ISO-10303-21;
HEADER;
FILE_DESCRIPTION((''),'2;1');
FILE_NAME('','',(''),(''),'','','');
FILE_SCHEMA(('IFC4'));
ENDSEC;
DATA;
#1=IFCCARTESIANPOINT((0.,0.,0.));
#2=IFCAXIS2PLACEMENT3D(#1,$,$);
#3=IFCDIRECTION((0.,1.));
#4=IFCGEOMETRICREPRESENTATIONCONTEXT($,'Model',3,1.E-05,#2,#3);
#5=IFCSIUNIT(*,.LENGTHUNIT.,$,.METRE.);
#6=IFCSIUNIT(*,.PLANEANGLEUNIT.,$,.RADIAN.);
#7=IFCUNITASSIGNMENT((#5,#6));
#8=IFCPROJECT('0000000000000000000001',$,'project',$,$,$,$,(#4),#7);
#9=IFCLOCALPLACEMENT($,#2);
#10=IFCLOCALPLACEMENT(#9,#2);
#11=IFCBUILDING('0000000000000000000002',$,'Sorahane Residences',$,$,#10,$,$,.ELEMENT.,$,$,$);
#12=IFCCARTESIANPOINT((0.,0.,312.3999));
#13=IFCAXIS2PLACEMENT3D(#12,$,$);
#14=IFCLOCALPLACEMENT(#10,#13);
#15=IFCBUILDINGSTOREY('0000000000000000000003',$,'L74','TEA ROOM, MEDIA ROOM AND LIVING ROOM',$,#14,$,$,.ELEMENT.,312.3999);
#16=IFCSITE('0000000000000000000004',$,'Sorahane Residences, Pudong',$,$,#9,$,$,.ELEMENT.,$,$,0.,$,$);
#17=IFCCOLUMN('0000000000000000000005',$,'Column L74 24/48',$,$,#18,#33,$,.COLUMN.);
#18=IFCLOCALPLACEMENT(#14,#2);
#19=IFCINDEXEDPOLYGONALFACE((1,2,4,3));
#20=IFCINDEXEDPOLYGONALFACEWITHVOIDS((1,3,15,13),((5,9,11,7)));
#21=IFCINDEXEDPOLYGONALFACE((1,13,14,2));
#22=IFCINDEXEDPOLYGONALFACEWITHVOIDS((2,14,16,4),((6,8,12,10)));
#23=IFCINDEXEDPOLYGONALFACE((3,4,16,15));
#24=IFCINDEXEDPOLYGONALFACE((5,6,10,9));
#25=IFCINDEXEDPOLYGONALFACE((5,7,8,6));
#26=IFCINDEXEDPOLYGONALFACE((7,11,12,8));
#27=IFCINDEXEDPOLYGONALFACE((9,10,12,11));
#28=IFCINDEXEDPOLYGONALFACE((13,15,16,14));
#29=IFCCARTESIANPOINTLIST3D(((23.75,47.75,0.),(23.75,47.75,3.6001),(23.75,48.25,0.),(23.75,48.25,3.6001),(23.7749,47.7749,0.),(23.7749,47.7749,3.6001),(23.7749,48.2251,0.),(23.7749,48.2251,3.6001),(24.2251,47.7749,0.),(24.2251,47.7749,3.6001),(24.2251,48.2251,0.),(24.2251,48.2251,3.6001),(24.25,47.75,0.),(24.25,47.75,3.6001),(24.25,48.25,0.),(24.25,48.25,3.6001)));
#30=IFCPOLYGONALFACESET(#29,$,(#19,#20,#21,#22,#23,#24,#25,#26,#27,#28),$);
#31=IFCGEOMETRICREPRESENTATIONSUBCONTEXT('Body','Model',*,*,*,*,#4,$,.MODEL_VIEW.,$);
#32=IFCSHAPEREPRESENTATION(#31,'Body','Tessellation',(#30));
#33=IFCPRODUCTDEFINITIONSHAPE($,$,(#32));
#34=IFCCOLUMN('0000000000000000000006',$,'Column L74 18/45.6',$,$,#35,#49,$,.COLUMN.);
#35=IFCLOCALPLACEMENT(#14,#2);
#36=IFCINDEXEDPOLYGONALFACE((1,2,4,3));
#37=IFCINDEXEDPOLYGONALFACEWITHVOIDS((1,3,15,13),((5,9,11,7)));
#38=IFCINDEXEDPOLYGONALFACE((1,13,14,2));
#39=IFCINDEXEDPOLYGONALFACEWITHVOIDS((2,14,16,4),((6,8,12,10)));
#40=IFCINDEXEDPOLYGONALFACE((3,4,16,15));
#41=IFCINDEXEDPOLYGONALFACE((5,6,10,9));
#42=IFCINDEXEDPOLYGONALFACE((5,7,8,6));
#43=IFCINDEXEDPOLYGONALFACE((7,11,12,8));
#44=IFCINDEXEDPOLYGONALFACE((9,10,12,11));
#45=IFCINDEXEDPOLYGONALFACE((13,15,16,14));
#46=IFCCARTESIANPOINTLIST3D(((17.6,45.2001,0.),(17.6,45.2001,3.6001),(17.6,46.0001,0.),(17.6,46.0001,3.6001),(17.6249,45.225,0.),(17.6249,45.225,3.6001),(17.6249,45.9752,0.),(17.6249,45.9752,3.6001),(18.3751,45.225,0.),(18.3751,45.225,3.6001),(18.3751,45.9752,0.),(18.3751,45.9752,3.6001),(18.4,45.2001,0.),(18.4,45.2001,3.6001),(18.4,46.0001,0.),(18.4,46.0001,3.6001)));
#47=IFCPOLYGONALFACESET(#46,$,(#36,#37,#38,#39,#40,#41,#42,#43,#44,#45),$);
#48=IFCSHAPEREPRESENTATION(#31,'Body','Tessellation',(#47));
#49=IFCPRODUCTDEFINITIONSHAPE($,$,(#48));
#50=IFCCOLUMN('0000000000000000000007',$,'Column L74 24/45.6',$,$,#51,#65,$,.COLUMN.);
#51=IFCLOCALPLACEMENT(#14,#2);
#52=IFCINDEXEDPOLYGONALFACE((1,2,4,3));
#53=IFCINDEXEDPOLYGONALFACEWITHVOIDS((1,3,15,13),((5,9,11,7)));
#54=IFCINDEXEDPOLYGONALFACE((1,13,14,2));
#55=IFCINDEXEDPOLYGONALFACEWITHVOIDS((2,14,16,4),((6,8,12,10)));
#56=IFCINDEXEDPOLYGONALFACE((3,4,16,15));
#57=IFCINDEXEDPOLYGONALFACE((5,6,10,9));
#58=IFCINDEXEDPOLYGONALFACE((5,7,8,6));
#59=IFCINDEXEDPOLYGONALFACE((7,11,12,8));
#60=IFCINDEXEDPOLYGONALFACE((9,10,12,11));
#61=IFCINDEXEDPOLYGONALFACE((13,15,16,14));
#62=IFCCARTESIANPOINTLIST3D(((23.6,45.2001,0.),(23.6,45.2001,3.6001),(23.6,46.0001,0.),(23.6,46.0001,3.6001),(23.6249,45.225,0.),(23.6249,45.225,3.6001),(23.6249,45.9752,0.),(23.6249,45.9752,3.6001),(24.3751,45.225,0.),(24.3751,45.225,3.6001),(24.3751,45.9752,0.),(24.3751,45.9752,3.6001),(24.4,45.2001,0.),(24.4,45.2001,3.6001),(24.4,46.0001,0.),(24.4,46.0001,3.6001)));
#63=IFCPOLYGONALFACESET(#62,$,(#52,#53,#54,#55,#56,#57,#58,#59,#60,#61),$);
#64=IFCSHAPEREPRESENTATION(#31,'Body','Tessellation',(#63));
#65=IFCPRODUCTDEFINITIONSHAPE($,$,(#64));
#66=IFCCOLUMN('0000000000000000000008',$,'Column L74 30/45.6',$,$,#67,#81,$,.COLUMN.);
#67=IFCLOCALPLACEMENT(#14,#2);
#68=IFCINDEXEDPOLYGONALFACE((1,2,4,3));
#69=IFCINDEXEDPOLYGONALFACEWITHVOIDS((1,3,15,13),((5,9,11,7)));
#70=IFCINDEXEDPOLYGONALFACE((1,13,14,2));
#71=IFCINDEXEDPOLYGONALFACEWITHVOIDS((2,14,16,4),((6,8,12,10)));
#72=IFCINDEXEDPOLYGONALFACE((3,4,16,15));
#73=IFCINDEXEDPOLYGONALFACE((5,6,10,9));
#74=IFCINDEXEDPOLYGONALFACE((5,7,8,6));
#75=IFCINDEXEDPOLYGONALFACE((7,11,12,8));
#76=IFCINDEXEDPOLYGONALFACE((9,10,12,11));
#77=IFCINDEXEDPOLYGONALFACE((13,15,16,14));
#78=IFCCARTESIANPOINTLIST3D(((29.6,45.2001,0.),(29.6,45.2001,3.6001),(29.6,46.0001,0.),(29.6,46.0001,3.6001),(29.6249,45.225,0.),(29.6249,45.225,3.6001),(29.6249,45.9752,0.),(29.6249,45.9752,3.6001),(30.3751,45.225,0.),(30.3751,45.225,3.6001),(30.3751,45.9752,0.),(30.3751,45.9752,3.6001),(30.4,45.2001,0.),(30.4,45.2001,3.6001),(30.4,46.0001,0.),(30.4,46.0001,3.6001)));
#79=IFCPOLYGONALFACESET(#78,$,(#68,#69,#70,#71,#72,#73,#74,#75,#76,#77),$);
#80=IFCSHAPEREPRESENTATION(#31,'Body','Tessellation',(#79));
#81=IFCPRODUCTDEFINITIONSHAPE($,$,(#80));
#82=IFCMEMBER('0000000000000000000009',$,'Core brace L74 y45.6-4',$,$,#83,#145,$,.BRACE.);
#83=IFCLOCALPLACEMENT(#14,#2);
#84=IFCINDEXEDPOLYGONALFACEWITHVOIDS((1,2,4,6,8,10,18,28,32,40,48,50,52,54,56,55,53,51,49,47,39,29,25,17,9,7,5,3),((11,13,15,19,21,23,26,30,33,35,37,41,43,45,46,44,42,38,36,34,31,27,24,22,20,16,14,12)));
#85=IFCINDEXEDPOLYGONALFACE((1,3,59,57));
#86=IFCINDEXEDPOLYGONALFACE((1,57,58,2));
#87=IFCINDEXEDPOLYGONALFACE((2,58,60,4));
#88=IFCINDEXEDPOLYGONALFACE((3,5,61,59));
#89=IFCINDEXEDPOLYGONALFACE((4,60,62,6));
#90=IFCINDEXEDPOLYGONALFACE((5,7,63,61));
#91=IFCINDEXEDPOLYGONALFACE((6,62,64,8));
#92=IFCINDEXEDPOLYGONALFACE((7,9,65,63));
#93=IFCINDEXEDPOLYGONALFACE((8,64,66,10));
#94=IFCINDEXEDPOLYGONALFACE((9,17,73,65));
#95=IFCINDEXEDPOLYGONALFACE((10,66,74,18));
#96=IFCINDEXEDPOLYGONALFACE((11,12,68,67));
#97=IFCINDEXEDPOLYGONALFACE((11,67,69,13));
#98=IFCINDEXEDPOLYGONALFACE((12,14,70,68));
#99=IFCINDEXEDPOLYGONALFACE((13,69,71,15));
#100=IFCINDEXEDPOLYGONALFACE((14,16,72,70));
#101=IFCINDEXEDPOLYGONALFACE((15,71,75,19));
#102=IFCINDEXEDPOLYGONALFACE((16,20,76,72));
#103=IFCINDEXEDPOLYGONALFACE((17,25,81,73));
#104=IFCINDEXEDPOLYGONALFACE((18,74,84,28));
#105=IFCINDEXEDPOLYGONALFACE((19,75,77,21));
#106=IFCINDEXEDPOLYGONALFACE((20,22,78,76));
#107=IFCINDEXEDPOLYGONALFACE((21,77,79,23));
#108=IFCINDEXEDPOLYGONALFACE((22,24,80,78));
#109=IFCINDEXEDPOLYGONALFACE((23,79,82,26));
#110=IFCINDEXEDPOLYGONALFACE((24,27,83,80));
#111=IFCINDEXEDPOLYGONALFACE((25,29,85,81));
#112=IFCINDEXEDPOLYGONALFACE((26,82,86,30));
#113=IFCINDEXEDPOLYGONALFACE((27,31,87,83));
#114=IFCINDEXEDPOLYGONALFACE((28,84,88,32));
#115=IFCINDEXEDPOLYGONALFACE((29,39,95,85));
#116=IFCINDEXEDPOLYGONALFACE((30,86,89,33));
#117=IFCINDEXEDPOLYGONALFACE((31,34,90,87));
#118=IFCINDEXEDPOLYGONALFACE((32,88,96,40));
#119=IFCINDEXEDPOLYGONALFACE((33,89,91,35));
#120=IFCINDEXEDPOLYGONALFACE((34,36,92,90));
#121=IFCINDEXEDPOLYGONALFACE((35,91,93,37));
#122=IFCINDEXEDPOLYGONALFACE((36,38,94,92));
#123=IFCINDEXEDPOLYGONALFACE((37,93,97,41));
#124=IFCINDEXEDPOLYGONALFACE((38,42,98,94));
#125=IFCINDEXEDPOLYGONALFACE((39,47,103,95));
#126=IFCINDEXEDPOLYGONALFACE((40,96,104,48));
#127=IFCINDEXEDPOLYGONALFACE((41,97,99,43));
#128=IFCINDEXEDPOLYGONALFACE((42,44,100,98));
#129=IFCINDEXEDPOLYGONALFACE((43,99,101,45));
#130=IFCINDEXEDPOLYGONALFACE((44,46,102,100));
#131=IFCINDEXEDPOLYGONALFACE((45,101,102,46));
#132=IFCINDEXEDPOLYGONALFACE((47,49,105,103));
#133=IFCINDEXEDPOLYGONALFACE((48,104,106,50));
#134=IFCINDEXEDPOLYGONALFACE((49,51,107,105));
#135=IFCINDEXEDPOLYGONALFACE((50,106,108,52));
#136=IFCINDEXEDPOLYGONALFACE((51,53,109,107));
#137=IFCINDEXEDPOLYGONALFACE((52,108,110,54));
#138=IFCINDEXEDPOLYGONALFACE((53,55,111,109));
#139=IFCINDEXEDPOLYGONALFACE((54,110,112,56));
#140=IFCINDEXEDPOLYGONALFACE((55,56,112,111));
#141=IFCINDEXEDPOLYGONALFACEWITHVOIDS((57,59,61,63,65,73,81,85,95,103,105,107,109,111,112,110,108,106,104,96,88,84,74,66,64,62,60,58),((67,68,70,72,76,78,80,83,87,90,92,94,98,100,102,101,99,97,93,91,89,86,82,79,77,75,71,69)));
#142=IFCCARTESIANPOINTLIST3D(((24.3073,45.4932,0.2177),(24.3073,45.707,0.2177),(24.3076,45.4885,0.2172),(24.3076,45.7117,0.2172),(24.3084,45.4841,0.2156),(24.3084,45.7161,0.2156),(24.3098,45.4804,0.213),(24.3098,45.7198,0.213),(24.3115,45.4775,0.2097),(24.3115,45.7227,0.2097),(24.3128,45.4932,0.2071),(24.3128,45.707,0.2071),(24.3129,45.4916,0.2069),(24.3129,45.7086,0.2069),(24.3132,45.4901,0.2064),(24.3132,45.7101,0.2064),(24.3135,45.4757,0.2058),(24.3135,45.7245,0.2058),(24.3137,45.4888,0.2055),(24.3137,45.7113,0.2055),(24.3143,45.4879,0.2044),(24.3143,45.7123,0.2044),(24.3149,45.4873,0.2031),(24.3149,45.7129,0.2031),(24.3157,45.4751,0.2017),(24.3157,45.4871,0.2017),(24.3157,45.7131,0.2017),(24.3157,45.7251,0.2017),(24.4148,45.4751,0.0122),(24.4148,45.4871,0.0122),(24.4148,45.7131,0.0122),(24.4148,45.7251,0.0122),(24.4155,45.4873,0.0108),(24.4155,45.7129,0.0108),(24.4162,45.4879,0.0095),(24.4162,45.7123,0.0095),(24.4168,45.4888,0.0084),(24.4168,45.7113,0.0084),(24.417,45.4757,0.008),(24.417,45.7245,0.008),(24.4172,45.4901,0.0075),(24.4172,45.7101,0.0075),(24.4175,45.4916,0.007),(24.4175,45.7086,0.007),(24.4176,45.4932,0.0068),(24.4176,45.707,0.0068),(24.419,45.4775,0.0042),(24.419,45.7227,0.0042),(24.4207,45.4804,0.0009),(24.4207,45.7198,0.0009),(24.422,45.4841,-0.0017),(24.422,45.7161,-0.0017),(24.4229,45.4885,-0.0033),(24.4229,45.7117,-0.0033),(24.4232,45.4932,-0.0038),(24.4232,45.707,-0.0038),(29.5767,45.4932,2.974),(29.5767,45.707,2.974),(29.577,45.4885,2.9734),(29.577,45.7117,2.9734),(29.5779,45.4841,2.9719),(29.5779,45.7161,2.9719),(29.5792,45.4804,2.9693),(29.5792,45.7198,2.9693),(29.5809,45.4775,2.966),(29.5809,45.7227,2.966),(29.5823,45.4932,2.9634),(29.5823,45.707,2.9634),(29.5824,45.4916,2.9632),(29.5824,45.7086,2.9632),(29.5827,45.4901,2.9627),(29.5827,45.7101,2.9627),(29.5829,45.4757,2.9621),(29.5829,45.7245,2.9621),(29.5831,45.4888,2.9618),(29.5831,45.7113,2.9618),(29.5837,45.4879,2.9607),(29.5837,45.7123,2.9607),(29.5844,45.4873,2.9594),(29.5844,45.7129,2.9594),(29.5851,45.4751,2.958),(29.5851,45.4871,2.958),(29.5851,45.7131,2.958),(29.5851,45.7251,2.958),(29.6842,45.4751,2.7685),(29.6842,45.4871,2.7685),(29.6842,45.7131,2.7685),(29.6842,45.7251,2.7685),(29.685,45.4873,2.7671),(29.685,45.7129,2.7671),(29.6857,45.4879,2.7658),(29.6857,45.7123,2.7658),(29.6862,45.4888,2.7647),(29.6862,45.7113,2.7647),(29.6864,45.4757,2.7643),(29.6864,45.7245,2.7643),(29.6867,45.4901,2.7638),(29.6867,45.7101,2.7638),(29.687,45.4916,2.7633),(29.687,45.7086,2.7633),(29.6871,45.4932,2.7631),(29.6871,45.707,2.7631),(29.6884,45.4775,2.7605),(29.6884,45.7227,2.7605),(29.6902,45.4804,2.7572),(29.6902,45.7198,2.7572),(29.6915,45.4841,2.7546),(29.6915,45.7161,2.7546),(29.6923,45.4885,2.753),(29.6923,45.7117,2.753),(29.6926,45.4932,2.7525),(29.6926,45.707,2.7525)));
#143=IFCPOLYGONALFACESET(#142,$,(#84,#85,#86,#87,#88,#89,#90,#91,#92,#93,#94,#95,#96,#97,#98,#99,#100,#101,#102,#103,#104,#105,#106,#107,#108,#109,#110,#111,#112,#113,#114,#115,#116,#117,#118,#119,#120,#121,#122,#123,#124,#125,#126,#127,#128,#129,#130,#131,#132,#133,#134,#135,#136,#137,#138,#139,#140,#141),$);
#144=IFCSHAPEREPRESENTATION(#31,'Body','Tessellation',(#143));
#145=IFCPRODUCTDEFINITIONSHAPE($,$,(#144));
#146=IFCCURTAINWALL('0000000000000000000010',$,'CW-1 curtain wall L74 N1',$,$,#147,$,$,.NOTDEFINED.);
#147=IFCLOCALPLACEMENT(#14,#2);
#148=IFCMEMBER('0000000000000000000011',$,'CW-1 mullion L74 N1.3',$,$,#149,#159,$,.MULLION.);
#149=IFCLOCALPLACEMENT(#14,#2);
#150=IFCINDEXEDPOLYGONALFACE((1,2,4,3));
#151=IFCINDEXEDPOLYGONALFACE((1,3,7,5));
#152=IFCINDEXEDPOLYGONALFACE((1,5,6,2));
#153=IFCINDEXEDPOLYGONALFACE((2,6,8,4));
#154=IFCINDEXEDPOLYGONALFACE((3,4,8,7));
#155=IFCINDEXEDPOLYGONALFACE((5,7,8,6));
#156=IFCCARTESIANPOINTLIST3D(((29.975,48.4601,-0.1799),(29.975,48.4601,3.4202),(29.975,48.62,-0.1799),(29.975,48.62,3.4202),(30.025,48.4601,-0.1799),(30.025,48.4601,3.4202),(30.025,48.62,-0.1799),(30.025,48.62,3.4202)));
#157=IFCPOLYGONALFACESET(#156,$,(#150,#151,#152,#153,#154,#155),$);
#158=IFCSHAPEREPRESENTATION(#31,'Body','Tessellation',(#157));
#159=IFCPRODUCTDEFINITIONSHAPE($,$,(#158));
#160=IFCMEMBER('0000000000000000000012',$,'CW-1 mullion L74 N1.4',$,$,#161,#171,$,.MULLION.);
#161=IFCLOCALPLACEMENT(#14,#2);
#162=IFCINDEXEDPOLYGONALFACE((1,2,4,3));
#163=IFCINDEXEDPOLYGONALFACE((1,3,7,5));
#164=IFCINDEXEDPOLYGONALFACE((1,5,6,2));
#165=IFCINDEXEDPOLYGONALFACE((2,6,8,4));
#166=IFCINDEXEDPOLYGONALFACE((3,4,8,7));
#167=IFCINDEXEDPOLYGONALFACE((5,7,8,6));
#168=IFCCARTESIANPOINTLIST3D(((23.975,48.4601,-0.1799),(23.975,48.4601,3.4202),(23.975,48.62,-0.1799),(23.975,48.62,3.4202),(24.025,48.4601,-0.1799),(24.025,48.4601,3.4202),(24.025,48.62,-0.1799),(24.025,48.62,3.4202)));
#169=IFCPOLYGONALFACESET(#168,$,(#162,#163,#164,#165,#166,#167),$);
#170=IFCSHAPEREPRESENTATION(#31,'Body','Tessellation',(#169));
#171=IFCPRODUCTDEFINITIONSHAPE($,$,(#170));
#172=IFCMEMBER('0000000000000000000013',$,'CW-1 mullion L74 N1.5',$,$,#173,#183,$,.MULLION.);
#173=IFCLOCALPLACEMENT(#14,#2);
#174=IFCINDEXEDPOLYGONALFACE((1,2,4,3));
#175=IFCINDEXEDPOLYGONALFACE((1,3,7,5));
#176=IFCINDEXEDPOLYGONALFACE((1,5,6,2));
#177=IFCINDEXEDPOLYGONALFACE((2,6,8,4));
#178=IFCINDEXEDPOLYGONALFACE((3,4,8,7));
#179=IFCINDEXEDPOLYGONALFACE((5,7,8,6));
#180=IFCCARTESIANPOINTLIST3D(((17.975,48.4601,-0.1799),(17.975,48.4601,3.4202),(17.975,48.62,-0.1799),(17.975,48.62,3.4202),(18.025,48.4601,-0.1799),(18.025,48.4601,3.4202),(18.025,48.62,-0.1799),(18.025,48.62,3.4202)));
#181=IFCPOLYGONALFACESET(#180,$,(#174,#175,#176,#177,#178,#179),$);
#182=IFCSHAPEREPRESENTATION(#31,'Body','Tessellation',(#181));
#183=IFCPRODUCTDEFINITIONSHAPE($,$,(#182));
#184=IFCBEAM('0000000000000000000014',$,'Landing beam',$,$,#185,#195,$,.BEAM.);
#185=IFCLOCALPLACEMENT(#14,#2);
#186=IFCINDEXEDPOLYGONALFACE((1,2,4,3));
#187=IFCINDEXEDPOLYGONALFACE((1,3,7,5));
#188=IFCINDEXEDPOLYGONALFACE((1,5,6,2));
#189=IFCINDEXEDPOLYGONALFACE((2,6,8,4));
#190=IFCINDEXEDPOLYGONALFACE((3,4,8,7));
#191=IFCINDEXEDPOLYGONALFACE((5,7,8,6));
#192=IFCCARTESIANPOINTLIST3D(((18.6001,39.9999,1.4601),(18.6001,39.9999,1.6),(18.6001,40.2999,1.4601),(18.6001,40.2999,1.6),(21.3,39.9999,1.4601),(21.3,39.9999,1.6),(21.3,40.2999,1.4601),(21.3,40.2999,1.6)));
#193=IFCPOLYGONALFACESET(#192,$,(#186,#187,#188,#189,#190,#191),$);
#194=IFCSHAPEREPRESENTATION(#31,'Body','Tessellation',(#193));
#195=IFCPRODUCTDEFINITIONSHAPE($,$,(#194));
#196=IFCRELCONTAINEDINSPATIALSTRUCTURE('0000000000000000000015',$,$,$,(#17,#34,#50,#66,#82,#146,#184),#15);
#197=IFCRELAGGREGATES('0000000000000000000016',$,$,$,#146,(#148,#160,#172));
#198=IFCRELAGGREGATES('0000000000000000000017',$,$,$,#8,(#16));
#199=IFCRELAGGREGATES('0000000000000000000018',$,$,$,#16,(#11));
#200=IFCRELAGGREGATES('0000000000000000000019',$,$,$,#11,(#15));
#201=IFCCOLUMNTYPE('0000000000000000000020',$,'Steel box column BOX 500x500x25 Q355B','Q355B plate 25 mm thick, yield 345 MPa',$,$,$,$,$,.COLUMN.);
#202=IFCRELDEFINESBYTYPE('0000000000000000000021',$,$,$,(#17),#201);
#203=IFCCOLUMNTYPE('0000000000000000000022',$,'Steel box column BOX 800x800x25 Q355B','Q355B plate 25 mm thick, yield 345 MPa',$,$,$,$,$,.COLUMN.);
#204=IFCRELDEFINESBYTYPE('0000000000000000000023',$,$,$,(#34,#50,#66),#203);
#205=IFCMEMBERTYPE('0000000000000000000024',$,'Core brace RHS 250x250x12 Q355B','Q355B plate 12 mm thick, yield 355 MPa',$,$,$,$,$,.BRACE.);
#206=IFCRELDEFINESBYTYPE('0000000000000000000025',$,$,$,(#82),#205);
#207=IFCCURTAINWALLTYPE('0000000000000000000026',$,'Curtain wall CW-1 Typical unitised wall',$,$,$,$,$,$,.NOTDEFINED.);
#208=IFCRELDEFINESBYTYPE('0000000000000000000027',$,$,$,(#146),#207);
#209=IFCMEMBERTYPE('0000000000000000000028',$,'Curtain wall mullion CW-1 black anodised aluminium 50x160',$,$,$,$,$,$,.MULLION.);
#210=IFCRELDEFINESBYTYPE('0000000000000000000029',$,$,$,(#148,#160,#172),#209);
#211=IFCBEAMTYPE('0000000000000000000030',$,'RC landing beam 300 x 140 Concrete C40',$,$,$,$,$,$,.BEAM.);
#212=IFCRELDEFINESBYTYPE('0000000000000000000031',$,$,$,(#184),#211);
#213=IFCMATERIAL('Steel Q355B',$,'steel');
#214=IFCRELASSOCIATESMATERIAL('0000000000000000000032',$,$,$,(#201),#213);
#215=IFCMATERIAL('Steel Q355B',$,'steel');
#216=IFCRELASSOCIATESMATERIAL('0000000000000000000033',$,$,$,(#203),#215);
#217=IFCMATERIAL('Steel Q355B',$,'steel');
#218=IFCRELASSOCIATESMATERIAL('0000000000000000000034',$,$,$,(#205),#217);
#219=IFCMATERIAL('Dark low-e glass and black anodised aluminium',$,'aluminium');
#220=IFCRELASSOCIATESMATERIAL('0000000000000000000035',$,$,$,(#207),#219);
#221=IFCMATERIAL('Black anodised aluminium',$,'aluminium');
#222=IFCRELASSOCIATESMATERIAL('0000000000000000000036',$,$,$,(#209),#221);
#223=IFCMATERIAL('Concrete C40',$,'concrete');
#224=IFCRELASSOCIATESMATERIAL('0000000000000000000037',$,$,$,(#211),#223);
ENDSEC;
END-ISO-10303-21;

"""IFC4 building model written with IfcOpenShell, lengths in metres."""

from ifc_helpers import new_model, si_unit, direction, frame, origin, origin_2d, place, context, subcontext, project, spatial, rectangle, hollow_rectangle, extrude, material, material_profile, profile_set, type_object, element, aggregate, save


model = new_model("IFC4")

# Units and contexts
model_context = context("Model", 3, precision=1e-05, world=origin(), true_north=direction((0.0, 1.0)))
body_context = subcontext(model_context, "Body", "Model", "MODEL_VIEW")
ifc_project = project(units=[si_unit("LENGTHUNIT", "METRE"), si_unit("PLANEANGLEUNIT", "RADIAN")], contexts=[model_context])

# Site, building, storey
site_placement = place(None, origin())
site = spatial("IfcSite", under=ifc_project, at=site_placement, Name="Sorahane Residences, Pudong", CompositionType="ELEMENT", RefElevation=0.0)
building_placement = place(site_placement, origin())
building = spatial("IfcBuilding", under=site, at=building_placement, Name="Sorahane Residences", CompositionType="ELEMENT")
storey_placement = place(building_placement, frame((0.0, 0.0, 312.3999)))
storey = spatial("IfcBuildingStorey", under=building, at=storey_placement, Name="L74", Description="TEA ROOM, MEDIA ROOM AND LIVING ROOM", CompositionType="ELEMENT", Elevation=312.3999)

# Columns
ifc_material_1 = material(Name="Steel Q355B", Category="steel")
ifc_material_profile_1 = material_profile(ifc_material_1, hollow_rectangle(XDim=0.5, YDim=0.5, WallThickness=0.0249, at=origin_2d()), Name="BOX 500x500x25")
ifc_profile_set_1 = profile_set([ifc_material_profile_1], Name="Steel Q355B")
column_type_1 = type_object("IfcColumnType", Name="Steel box column BOX 500x500x25 Q355B", Description="Q355B plate 25 mm thick, yield 345 MPa", PredefinedType="COLUMN", material=ifc_profile_set_1)
column_placement = place(storey_placement, frame((24.0, 48.0, 0.0), z_axis=(0.0, 0.0, 1.0), x_axis=(1.0, 0.0, 0.0)))
element("IfcColumn", 1, at=column_placement, inside=storey, type_object=column_type_1, Name="Column L74 24/48", PredefinedType="COLUMN", context=body_context, shape_type="SweptSolid", body=[
    extrude(hollow_rectangle(XDim=0.5, YDim=0.5, WallThickness=0.0249, at=origin_2d()), origin(), (0.0, 0.0, 1.0), 3.6001),
])
ifc_material_2 = material(Name="Steel Q355B", Category="steel")
ifc_material_profile_2 = material_profile(ifc_material_2, hollow_rectangle(XDim=0.8, YDim=0.8, WallThickness=0.0249, at=origin_2d()), Name="BOX 800x800x25")
ifc_profile_set_2 = profile_set([ifc_material_profile_2], Name="Steel Q355B")
column_type_2 = type_object("IfcColumnType", Name="Steel box column BOX 800x800x25 Q355B", Description="Q355B plate 25 mm thick, yield 345 MPa", PredefinedType="COLUMN", material=ifc_profile_set_2)
for number, where, z_axis, x_axis, name in (
    (2, (18.0, 45.6001, 0.0), (0.0, 0.0, 1.0), (1.0, 0.0, 0.0), "Column L74 18/45.6"),
    (3, (24.0, 45.6001, 0.0), (0.0, 0.0, 1.0), (1.0, 0.0, 0.0), "Column L74 24/45.6"),
    (4, (30.0, 45.6001, 0.0), (0.0, 0.0, 1.0), (1.0, 0.0, 0.0), "Column L74 30/45.6"),
):
    element("IfcColumn", number, at=place(storey_placement, frame(where, z_axis=z_axis, x_axis=x_axis)), inside=storey, type_object=column_type_2, Name=name, PredefinedType="COLUMN", context=body_context, shape_type="SweptSolid", body=[
        extrude(hollow_rectangle(XDim=0.8, YDim=0.8, WallThickness=0.0249, at=origin_2d()), origin(), (0.0, 0.0, 1.0), 3.6001),
    ])

# Member
ifc_material_3 = material(Name="Steel Q355B", Category="steel")
ifc_material_profile_3 = material_profile(ifc_material_3, hollow_rectangle(XDim=0.25, YDim=0.25, WallThickness=0.012, InnerFilletRadius=0.0061, OuterFilletRadius=0.0181, at=origin_2d()), Name="RHS 250x250x12")
ifc_profile_set_3 = profile_set([ifc_material_profile_3], Name="Steel Q355B")
member_type_1 = type_object("IfcMemberType", Name="Core brace RHS 250x250x12 Q355B", Description="Q355B plate 12 mm thick, yield 355 MPa", PredefinedType="BRACE", material=ifc_profile_set_3)
member_1_placement = place(storey_placement, frame((24.3652, 45.6001, 0.1069), z_axis=(0.8861, 0.0, 0.463495), x_axis=(0.0, 1.0, 0.0)))
element("IfcMember", 5, at=member_1_placement, inside=storey, type_object=member_type_1, Name="Core brace L74 y45.6-4", PredefinedType="BRACE", context=body_context, shape_type="SweptSolid", body=[
    extrude(hollow_rectangle(XDim=0.25, YDim=0.25, WallThickness=0.012, InnerFilletRadius=0.0061, OuterFilletRadius=0.0181, at=origin_2d()), origin(), (0.0, 0.0, 1.0), 5.9468),
])

# Curtain wall, members
ifc_material_4 = material(Name="Dark low-e glass and black anodised aluminium", Category="aluminium")
curtain_wall_type = type_object("IfcCurtainWallType", Name="Curtain wall CW-1 Typical unitised wall", PredefinedType="NOTDEFINED", material=ifc_material_4)
curtain_wall_placement = place(storey_placement, origin())
curtain_wall = element("IfcCurtainWall", 6, at=curtain_wall_placement, inside=storey, type_object=curtain_wall_type, Name="CW-1 curtain wall L74 N1", PredefinedType="NOTDEFINED")
ifc_material_5 = material(Name="Black anodised aluminium", Category="aluminium")
ifc_material_profile_4 = material_profile(ifc_material_5, rectangle(XDim=0.1599, YDim=0.05, at=origin_2d()), Name="Curtain wall mullion CW-1 black anodised aluminium 50x160")
ifc_profile_set_4 = profile_set([ifc_material_profile_4], Name="Black anodised aluminium")
member_type_2 = type_object("IfcMemberType", Name="Curtain wall mullion CW-1 black anodised aluminium 50x160", PredefinedType="MULLION", material=ifc_profile_set_4)
member_2_placement = place(storey_placement, frame((30.0, 48.54, -0.1799), z_axis=(0.0, 0.0, 1.0), x_axis=(0.0, 1.0, 0.0)))
member_2 = element("IfcMember", 7, at=member_2_placement, type_object=member_type_2, Name="CW-1 mullion L74 N1.3", PredefinedType="MULLION", context=body_context, shape_type="SweptSolid", body=[
    extrude(rectangle(XDim=0.1599, YDim=0.05, at=origin_2d()), origin(), (0.0, 0.0, 1.0), 3.6001),
])
member_3_placement = place(storey_placement, frame((24.0, 48.54, -0.1799), z_axis=(0.0, 0.0, 1.0), x_axis=(0.0, 1.0, 0.0)))
member_3 = element("IfcMember", 8, at=member_3_placement, type_object=member_type_2, Name="CW-1 mullion L74 N1.4", PredefinedType="MULLION", context=body_context, shape_type="SweptSolid", body=[
    extrude(rectangle(XDim=0.1599, YDim=0.05, at=origin_2d()), origin(), (0.0, 0.0, 1.0), 3.6001),
])
member_4_placement = place(storey_placement, frame((18.0, 48.54, -0.1799), z_axis=(0.0, 0.0, 1.0), x_axis=(0.0, 1.0, 0.0)))
member_4 = element("IfcMember", 9, at=member_4_placement, type_object=member_type_2, Name="CW-1 mullion L74 N1.5", PredefinedType="MULLION", context=body_context, shape_type="SweptSolid", body=[
    extrude(rectangle(XDim=0.1599, YDim=0.05, at=origin_2d()), origin(), (0.0, 0.0, 1.0), 3.6001),
])

# Beam
ifc_material_6 = material(Name="Concrete C40", Category="concrete")
ifc_material_profile_5 = material_profile(ifc_material_6, rectangle(XDim=0.3, YDim=0.1399, at=origin_2d()), Name="300x140")
ifc_profile_set_5 = profile_set([ifc_material_profile_5], Name="Concrete C40")
beam_type_1 = type_object("IfcBeamType", Name="RC landing beam 300 x 140 Concrete C40", PredefinedType="BEAM", material=ifc_profile_set_5)
beam_1_placement = place(storey_placement, frame((18.6001, 40.1499, 1.53), z_axis=(1.0, 0.0, 0.0), x_axis=(0.0, 1.0, 0.0)))
element("IfcBeam", 10, at=beam_1_placement, inside=storey, type_object=beam_type_1, Name="Landing beam", PredefinedType="BEAM", context=body_context, shape_type="SweptSolid", body=[
    extrude(rectangle(XDim=0.3, YDim=0.1399, at=origin_2d()), origin(), (0.0, 0.0, 1.0), 2.7),
])

aggregate(curtain_wall, [member_2, member_3, member_4])

save(model, "model.ifc")
